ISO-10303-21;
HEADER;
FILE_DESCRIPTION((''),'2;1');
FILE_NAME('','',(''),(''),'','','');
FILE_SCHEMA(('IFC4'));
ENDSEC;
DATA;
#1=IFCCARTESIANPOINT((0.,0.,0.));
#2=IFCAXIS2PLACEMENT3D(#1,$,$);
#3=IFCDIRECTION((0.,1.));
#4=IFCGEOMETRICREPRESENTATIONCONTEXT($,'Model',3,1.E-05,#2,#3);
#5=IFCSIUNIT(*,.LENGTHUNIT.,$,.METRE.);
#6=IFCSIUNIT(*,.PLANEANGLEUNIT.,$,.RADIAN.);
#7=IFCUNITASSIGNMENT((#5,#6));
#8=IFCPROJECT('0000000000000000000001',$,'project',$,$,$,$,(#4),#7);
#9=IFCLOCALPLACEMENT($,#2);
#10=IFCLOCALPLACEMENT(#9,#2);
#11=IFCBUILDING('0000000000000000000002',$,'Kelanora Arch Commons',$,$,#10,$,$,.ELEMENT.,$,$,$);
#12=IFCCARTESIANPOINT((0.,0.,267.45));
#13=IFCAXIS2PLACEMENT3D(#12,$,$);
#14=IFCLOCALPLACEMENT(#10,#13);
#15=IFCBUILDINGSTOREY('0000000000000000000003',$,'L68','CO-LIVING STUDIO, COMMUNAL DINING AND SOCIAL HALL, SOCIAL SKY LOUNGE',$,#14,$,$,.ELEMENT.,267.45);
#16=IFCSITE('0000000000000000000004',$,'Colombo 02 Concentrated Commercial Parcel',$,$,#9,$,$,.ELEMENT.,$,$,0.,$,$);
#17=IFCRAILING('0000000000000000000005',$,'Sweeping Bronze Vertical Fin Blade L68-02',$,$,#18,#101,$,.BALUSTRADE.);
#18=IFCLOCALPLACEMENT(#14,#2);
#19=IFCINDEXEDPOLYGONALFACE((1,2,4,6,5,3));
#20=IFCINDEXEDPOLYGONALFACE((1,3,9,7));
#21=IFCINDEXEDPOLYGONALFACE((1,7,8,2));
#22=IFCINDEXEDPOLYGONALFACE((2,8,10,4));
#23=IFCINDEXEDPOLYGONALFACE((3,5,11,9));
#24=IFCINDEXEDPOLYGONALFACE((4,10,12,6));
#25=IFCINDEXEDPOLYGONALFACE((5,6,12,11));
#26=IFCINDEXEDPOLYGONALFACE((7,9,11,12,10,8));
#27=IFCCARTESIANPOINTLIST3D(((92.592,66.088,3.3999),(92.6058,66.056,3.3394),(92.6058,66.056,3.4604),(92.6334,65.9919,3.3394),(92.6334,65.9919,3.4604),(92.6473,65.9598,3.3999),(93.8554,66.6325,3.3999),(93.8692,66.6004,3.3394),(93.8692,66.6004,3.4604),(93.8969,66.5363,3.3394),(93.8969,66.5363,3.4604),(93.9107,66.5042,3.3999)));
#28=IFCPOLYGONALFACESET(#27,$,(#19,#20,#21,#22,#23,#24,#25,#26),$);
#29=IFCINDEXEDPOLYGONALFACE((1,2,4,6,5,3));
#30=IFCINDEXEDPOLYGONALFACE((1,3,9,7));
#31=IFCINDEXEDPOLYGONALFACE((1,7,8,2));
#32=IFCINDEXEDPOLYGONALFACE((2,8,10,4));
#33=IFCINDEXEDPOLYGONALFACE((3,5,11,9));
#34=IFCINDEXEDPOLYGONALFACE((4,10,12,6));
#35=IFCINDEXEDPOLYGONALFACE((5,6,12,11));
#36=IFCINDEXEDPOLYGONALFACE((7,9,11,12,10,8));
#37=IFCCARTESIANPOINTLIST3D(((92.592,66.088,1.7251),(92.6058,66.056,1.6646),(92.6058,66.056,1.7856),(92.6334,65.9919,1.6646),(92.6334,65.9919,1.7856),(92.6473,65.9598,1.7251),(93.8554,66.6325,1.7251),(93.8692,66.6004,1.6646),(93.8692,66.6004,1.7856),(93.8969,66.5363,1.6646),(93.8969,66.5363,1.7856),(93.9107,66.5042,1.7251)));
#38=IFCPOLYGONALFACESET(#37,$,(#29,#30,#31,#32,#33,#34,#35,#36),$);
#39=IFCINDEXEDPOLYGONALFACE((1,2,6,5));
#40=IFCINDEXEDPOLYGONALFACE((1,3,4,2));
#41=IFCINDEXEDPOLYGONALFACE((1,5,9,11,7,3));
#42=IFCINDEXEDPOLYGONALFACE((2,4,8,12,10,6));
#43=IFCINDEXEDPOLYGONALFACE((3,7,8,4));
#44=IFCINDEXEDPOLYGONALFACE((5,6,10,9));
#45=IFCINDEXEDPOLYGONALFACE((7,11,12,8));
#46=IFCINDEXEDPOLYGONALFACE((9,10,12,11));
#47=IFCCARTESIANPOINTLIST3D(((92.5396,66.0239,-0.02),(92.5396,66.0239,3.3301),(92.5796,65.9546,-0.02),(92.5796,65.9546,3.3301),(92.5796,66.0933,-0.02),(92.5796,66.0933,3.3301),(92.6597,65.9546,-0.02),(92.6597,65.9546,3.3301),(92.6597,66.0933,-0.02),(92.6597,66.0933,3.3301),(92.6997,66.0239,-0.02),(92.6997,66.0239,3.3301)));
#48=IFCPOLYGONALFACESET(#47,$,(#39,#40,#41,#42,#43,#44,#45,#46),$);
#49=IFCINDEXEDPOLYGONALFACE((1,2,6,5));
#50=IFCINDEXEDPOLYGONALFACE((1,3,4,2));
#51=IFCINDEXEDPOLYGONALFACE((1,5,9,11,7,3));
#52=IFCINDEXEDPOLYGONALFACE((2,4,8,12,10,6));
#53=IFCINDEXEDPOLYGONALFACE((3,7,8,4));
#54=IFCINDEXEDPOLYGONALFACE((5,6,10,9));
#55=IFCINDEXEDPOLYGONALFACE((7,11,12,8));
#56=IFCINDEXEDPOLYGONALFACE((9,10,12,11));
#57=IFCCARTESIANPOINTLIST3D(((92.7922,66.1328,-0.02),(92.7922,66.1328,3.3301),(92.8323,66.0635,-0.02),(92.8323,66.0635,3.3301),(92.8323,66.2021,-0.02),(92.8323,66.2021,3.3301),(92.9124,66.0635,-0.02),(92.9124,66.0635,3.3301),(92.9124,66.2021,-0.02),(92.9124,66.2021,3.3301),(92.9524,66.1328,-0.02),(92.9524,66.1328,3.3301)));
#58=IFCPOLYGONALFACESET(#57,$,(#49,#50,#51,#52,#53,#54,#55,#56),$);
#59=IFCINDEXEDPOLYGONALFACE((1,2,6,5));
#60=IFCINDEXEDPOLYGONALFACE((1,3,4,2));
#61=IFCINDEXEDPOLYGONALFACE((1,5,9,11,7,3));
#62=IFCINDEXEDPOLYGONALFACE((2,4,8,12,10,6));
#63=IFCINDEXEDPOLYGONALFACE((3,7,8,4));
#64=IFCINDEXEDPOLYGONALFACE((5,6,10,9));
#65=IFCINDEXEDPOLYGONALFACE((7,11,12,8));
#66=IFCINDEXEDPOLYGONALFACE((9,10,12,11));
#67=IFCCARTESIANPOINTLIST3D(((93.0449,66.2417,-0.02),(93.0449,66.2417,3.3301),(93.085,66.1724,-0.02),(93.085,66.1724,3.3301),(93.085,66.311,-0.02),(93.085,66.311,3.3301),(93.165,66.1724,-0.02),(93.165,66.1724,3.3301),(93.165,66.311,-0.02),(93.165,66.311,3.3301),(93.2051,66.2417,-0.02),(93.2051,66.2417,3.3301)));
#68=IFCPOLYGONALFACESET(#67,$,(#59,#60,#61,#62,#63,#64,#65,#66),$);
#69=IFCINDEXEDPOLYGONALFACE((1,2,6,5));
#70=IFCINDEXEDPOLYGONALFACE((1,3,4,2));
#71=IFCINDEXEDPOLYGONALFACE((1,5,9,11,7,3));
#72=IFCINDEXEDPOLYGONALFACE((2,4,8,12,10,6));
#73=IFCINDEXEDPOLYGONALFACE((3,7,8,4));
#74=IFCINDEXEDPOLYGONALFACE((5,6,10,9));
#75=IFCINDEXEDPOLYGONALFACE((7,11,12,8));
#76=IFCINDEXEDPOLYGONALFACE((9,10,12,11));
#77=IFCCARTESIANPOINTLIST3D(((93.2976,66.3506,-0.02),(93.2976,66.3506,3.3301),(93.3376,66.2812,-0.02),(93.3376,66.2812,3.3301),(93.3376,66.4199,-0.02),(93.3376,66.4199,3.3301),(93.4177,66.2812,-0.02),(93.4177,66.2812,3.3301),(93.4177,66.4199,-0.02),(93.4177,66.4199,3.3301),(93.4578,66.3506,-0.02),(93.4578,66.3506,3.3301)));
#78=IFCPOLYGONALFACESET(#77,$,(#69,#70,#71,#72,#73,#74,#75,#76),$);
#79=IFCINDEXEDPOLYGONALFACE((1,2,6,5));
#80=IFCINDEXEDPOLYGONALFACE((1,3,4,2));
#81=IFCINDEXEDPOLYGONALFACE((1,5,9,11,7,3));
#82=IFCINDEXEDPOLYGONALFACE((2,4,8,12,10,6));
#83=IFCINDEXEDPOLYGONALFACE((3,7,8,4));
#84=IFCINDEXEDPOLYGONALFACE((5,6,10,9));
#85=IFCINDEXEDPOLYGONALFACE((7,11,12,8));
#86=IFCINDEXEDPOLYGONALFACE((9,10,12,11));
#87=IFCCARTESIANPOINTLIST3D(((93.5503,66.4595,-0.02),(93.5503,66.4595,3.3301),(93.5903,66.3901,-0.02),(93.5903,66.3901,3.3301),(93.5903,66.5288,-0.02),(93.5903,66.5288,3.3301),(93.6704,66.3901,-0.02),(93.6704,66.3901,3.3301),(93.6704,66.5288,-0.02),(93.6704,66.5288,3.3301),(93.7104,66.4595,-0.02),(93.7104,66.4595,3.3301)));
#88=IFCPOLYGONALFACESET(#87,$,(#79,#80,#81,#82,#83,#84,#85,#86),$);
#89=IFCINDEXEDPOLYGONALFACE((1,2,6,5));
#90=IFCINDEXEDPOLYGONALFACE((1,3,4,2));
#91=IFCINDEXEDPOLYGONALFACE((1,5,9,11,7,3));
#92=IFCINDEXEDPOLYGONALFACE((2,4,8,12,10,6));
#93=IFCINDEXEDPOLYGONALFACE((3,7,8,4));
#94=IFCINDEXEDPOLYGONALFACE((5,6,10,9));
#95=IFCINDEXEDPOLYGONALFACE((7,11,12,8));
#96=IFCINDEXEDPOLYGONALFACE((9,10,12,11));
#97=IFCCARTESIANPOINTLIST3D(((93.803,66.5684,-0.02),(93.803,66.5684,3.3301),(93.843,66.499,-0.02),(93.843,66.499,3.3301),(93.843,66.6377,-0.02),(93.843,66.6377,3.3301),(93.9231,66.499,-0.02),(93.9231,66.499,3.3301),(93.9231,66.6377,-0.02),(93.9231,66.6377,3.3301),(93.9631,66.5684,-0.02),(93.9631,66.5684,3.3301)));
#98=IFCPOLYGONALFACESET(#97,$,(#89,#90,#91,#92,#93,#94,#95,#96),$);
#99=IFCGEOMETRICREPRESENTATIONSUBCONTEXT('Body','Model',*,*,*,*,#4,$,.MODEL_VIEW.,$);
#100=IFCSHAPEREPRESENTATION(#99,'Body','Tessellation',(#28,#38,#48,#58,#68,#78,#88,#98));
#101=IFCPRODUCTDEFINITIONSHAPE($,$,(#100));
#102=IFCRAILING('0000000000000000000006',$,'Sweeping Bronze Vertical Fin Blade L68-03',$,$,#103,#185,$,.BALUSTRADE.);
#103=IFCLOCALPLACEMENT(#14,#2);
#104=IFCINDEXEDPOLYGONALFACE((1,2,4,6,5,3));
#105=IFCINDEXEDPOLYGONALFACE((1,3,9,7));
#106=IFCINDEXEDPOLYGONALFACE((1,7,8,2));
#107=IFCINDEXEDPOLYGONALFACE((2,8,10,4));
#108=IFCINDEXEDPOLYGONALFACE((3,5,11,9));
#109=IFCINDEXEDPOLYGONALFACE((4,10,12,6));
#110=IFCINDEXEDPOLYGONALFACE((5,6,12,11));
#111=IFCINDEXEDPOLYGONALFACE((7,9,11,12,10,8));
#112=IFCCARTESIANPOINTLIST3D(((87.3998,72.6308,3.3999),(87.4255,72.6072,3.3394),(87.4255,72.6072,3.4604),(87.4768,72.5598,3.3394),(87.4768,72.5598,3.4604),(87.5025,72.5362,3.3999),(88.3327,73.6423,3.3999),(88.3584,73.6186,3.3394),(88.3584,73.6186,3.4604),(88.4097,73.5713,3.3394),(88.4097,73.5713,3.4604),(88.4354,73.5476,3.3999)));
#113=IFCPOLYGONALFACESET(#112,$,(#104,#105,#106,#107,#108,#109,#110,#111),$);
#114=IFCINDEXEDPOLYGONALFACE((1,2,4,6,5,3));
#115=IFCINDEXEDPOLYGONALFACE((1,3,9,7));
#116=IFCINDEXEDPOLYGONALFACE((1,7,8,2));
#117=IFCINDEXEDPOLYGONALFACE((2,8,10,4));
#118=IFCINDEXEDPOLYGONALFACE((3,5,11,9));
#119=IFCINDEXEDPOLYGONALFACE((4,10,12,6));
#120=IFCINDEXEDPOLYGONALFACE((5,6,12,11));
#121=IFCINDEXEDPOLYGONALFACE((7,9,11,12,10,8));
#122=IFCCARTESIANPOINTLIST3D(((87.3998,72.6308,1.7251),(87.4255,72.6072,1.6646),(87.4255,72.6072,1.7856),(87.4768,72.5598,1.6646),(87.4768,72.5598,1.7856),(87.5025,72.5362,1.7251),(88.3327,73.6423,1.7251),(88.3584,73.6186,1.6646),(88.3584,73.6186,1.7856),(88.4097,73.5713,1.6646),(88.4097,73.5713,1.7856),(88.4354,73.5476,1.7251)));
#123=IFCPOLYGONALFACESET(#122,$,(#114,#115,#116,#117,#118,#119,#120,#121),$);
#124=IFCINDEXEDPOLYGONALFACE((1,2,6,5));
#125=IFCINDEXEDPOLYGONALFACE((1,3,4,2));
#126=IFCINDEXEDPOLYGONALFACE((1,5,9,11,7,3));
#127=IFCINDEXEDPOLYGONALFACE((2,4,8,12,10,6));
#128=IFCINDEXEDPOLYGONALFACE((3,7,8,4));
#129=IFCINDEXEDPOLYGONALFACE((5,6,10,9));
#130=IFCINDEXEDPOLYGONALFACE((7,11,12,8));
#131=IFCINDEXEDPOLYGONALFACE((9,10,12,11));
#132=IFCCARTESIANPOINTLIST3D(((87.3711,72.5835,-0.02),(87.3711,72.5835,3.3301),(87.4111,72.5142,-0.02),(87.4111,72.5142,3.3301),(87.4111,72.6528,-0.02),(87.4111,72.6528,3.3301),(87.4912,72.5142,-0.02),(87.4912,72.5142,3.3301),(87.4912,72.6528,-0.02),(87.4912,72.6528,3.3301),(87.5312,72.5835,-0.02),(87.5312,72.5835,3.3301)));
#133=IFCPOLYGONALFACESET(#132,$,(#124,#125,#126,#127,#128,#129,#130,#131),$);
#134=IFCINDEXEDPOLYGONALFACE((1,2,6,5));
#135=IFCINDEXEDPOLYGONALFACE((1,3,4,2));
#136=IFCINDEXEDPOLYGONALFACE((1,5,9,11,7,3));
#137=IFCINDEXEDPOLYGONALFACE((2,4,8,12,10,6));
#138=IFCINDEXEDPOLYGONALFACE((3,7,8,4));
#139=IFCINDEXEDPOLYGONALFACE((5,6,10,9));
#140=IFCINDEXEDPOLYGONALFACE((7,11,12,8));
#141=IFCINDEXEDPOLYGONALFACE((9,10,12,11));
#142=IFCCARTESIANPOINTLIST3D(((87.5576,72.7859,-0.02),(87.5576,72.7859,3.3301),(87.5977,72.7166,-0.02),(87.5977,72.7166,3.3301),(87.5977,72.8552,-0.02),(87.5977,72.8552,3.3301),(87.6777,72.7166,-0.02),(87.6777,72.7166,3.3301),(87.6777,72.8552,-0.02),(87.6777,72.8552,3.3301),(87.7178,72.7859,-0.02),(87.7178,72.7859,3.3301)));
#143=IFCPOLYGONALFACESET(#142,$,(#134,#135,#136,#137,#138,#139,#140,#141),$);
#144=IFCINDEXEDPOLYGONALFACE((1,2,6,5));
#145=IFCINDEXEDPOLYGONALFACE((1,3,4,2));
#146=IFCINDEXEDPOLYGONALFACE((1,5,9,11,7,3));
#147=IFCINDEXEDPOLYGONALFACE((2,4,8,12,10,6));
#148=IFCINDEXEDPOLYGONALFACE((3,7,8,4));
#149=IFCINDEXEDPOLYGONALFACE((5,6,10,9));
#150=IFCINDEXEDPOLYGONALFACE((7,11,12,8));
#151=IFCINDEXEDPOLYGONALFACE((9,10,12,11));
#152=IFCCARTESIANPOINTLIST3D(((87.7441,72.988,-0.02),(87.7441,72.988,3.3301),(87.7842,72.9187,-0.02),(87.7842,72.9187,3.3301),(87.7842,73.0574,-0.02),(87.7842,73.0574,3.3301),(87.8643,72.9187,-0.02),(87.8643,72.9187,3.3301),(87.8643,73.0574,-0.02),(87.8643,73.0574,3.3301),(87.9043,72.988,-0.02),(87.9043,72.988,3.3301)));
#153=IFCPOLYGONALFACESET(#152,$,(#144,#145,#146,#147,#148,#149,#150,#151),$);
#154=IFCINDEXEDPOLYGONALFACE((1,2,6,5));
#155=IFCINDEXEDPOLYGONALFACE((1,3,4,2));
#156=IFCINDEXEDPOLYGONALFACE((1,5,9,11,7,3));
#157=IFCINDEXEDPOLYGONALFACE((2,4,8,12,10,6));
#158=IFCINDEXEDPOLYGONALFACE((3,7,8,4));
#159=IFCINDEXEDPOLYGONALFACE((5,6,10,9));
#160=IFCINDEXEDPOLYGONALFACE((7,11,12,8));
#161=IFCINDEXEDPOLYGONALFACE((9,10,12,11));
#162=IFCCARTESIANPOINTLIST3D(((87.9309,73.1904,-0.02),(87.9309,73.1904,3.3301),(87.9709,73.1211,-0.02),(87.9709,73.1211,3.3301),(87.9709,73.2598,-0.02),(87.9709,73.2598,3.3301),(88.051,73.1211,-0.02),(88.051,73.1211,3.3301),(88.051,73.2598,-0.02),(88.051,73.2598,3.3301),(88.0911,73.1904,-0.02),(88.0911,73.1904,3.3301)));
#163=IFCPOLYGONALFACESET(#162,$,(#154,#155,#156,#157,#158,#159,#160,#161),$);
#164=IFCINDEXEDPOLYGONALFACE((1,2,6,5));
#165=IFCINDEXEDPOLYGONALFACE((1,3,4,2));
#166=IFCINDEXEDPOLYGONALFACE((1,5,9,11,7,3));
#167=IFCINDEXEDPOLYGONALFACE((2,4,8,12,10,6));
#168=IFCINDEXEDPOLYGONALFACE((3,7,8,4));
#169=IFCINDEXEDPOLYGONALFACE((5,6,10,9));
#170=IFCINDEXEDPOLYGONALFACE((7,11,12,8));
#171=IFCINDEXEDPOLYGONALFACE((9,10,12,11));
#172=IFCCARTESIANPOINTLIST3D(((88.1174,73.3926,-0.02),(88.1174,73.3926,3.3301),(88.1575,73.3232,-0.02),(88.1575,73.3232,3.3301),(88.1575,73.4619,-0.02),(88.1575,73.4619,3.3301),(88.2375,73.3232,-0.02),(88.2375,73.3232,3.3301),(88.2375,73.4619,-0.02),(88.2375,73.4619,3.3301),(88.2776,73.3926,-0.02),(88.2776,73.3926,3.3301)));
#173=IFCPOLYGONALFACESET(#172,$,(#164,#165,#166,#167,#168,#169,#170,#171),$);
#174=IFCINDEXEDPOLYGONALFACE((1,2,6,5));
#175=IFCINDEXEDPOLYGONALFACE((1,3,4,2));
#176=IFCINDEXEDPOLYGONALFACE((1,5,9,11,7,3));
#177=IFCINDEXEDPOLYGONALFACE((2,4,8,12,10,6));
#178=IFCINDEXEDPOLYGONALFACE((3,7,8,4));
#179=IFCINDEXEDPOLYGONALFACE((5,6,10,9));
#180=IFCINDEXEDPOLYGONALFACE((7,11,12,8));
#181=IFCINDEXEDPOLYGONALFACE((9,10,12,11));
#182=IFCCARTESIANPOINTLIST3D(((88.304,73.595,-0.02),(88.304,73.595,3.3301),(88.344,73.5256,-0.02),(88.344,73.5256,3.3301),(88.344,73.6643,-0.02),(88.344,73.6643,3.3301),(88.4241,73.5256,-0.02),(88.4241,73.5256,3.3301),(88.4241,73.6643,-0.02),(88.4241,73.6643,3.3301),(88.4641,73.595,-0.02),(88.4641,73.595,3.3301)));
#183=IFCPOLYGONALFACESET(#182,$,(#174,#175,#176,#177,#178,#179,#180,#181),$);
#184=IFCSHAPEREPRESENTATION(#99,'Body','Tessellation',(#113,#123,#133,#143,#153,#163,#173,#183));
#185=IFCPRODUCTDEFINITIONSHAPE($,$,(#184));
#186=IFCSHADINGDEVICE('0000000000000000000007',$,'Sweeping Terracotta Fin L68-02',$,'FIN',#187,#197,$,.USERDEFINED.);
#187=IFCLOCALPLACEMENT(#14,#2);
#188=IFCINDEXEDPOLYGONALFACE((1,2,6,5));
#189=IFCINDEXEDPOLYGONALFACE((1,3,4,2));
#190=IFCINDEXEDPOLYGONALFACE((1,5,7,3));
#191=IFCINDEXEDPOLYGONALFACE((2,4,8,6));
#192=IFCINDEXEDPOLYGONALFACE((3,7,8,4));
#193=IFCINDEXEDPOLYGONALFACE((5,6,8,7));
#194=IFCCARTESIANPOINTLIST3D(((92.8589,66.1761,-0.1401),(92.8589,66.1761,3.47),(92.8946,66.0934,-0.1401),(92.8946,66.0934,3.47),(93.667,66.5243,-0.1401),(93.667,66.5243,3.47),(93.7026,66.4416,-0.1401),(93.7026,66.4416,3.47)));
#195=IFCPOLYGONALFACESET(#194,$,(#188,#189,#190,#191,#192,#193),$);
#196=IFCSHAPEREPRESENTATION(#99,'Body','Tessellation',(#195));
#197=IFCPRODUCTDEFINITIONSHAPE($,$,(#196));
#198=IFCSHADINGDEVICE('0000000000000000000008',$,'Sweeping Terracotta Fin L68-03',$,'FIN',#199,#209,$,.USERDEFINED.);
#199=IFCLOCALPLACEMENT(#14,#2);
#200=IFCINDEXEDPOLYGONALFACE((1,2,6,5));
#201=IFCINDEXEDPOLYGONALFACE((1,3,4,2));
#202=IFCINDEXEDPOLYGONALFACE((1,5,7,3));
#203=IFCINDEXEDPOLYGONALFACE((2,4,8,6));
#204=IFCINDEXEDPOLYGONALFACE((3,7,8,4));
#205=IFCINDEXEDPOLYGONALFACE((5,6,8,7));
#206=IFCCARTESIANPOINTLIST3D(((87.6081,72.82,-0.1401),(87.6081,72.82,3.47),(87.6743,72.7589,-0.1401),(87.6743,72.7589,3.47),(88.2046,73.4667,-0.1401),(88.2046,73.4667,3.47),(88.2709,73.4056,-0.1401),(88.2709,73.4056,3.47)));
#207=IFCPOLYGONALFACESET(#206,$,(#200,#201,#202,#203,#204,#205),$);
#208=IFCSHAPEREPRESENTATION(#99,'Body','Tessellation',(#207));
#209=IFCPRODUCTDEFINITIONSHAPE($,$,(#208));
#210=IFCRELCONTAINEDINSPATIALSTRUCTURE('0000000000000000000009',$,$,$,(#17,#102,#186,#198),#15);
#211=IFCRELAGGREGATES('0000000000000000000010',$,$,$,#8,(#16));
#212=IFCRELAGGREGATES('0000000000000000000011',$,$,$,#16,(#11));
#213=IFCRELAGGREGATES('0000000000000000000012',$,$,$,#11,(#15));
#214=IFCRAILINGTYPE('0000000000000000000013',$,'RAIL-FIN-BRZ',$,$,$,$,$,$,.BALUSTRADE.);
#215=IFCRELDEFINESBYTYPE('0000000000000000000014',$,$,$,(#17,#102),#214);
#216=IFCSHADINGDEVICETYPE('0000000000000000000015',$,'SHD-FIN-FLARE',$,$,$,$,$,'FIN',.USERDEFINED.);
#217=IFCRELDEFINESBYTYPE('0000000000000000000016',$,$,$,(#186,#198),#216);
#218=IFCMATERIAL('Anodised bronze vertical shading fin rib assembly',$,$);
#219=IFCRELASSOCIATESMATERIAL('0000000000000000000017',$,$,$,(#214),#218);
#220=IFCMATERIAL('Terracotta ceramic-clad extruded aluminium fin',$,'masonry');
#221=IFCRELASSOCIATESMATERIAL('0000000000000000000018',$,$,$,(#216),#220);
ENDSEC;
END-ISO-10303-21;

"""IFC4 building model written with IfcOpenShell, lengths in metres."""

from ifc_helpers import new_model, si_unit, direction, frame, origin, origin_2d, place, context, subcontext, project, spatial, polyline, rectangle, outline, extrude, source, transform, mapped, material, type_object, element, save


model = new_model("IFC4")

# Units and contexts
model_context = context("Model", 3, precision=1e-05, world=origin(), true_north=direction((0.0, 1.0)))
body_context = subcontext(model_context, "Body", "Model", "MODEL_VIEW")
ifc_project = project(units=[si_unit("LENGTHUNIT", "METRE"), si_unit("PLANEANGLEUNIT", "RADIAN")], contexts=[model_context])

# Site, building, storey
site_placement = place(None, origin())
site = spatial("IfcSite", under=ifc_project, at=site_placement, Name="Colombo 02 Concentrated Commercial Parcel", CompositionType="ELEMENT", RefElevation=0.0)
building_placement = place(site_placement, origin())
building = spatial("IfcBuilding", under=site, at=building_placement, Name="Kelanora Arch Commons", CompositionType="ELEMENT")
storey_placement = place(building_placement, frame((0.0, 0.0, 267.45)))
storey = spatial("IfcBuildingStorey", under=building, at=storey_placement, Name="L68", Description="CO-LIVING STUDIO, COMMUNAL DINING AND SOCIAL HALL, SOCIAL SKY LOUNGE", CompositionType="ELEMENT", Elevation=267.45)

# Railings
ifc_material_1 = material(Name="Anodised bronze vertical shading fin rib assembly")
railing_type = type_object("IfcRailingType", Name="RAIL-FIN-BRZ", PredefinedType="BALUSTRADE", material=ifc_material_1)
railing_1_placement = place(storey_placement, frame((92.6196, 66.0239, -0.02)))
element("IfcRailing", 1, at=railing_1_placement, inside=storey, type_object=railing_type, Name="Sweeping Bronze Vertical Fin Blade L68-02", PredefinedType="BALUSTRADE", context=body_context, shape_type="SweptSolid", body=[
    extrude(outline(polyline([(0.0698, 0.0), (0.0349, 0.0605), (-0.0349, 0.0605), (-0.0698, 0.0), (-0.0349, -0.0605), (0.0349, -0.0605), (0.0698, 0.0)])), frame((0.0, 0.0, 3.4199), z_axis=(0.918363, 0.395739, 0.0), x_axis=(-0.395739, 0.918363, 0.0)), (0.0, 0.0, 1.0), 1.3757),
    extrude(outline(polyline([(0.0698, 0.0), (0.0349, 0.0605), (-0.0349, 0.0605), (-0.0698, 0.0), (-0.0349, -0.0605), (0.0349, -0.0605), (0.0698, 0.0)])), frame((0.0, 0.0, 1.7451), z_axis=(0.918363, 0.395739, 0.0), x_axis=(-0.395739, 0.918363, 0.0)), (0.0, 0.0, 1.0), 1.3757),
    extrude(outline(polyline([(0.0801, 0.0), (0.04, 0.0693), (-0.04, 0.0693), (-0.0801, 0.0), (-0.04, -0.0693), (0.04, -0.0693), (0.0801, 0.0)])), origin(), (0.0, 0.0, 1.0), 3.3501),
    extrude(outline(polyline([(0.0801, 0.0), (0.04, 0.0693), (-0.04, 0.0693), (-0.0801, 0.0), (-0.04, -0.0693), (0.04, -0.0693), (0.0801, 0.0)])), frame((0.2527, 0.1089, 0.0)), (0.0, 0.0, 1.0), 3.3501),
    extrude(outline(polyline([(0.0801, 0.0), (0.04, 0.0693), (-0.04, 0.0693), (-0.0801, 0.0), (-0.04, -0.0693), (0.04, -0.0693), (0.0801, 0.0)])), frame((0.5054, 0.2178, 0.0)), (0.0, 0.0, 1.0), 3.3501),
    extrude(outline(polyline([(0.0801, 0.0), (0.04, 0.0693), (-0.04, 0.0693), (-0.0801, 0.0), (-0.04, -0.0693), (0.04, -0.0693), (0.0801, 0.0)])), frame((0.7581, 0.3267, 0.0)), (0.0, 0.0, 1.0), 3.3501),
    extrude(outline(polyline([(0.0801, 0.0), (0.04, 0.0693), (-0.04, 0.0693), (-0.0801, 0.0), (-0.04, -0.0693), (0.04, -0.0693), (0.0801, 0.0)])), frame((1.0107, 0.4355, 0.0)), (0.0, 0.0, 1.0), 3.3501),
    extrude(outline(polyline([(0.0801, 0.0), (0.04, 0.0693), (-0.04, 0.0693), (-0.0801, 0.0), (-0.04, -0.0693), (0.04, -0.0693), (0.0801, 0.0)])), frame((1.2634, 0.5444, 0.0)), (0.0, 0.0, 1.0), 3.3501),
])
railing_2_placement = place(storey_placement, frame((87.4512, 72.5835, -0.02)))
element("IfcRailing", 2, at=railing_2_placement, inside=storey, type_object=railing_type, Name="Sweeping Bronze Vertical Fin Blade L68-03", PredefinedType="BALUSTRADE", context=body_context, shape_type="SweptSolid", body=[
    extrude(outline(polyline([(0.0698, 0.0), (0.0349, 0.0605), (-0.0349, 0.0605), (-0.0698, 0.0), (-0.0349, -0.0605), (0.0349, -0.0605), (0.0698, 0.0)])), frame((0.0, 0.0, 3.4199), z_axis=(0.677963, 0.735096, 0.0), x_axis=(-0.735096, 0.677963, 0.0)), (0.0, 0.0, 1.0), 1.376),
    extrude(outline(polyline([(0.0698, 0.0), (0.0349, 0.0605), (-0.0349, 0.0605), (-0.0698, 0.0), (-0.0349, -0.0605), (0.0349, -0.0605), (0.0698, 0.0)])), frame((0.0, 0.0, 1.7451), z_axis=(0.677963, 0.735096, 0.0), x_axis=(-0.735096, 0.677963, 0.0)), (0.0, 0.0, 1.0), 1.376),
    extrude(outline(polyline([(0.0801, 0.0), (0.04, 0.0693), (-0.04, 0.0693), (-0.0801, 0.0), (-0.04, -0.0693), (0.04, -0.0693), (0.0801, 0.0)])), origin(), (0.0, 0.0, 1.0), 3.3501),
    extrude(outline(polyline([(0.0801, 0.0), (0.04, 0.0693), (-0.04, 0.0693), (-0.0801, 0.0), (-0.04, -0.0693), (0.04, -0.0693), (0.0801, 0.0)])), frame((0.1865, 0.2024, 0.0)), (0.0, 0.0, 1.0), 3.3501),
    extrude(outline(polyline([(0.0801, 0.0), (0.04, 0.0693), (-0.04, 0.0693), (-0.0801, 0.0), (-0.04, -0.0693), (0.04, -0.0693), (0.0801, 0.0)])), frame((0.373, 0.4045, 0.0)), (0.0, 0.0, 1.0), 3.3501),
    extrude(outline(polyline([(0.0801, 0.0), (0.04, 0.0693), (-0.04, 0.0693), (-0.0801, 0.0), (-0.04, -0.0693), (0.04, -0.0693), (0.0801, 0.0)])), frame((0.5598, 0.6069, 0.0)), (0.0, 0.0, 1.0), 3.3501),
    extrude(outline(polyline([(0.0801, 0.0), (0.04, 0.0693), (-0.04, 0.0693), (-0.0801, 0.0), (-0.04, -0.0693), (0.04, -0.0693), (0.0801, 0.0)])), frame((0.7463, 0.8091, 0.0)), (0.0, 0.0, 1.0), 3.3501),
    extrude(outline(polyline([(0.0801, 0.0), (0.04, 0.0693), (-0.04, 0.0693), (-0.0801, 0.0), (-0.04, -0.0693), (0.04, -0.0693), (0.0801, 0.0)])), frame((0.9329, 1.0115, 0.0)), (0.0, 0.0, 1.0), 3.3501),
])

# Shading devices
ifc_material_2 = material(Name="Terracotta ceramic-clad extruded aluminium fin", Category="masonry")
shading_device_type = type_object("IfcShadingDeviceType", Name="SHD-FIN-FLARE", ElementType="FIN", PredefinedType="USERDEFINED", material=ifc_material_2)
shared_shape_1 = source(origin(), body_context, "Body", "SweptSolid", [
    extrude(rectangle(XDim=0.8799, YDim=0.0901, at=origin_2d()), origin(), (0.0, 0.0, 1.0), 3.6101),
])
for number, where, z_axis, x_axis, name in (
    (3, (93.2808, 66.3088, -0.1401), (0.0, 0.0, 1.0), (0.918377, 0.395706, 0.0), "Sweeping Terracotta Fin L68-02"),
    (4, (87.9395, 73.1128, -0.1401), (0.0, 0.0, 1.0), (0.678031, 0.735033, 0.0), "Sweeping Terracotta Fin L68-03"),
):
    element("IfcShadingDevice", number, at=place(storey_placement, frame(where, z_axis=z_axis, x_axis=x_axis)), inside=storey, type_object=shading_device_type, Name=name, ObjectType="FIN", PredefinedType="USERDEFINED", context=body_context, shape_type="MappedRepresentation", body=[
        mapped(shared_shape_1, transform((0.0, 0.0, 0.0), scale=1.0)),
    ])

save(model, "model.ifc")
